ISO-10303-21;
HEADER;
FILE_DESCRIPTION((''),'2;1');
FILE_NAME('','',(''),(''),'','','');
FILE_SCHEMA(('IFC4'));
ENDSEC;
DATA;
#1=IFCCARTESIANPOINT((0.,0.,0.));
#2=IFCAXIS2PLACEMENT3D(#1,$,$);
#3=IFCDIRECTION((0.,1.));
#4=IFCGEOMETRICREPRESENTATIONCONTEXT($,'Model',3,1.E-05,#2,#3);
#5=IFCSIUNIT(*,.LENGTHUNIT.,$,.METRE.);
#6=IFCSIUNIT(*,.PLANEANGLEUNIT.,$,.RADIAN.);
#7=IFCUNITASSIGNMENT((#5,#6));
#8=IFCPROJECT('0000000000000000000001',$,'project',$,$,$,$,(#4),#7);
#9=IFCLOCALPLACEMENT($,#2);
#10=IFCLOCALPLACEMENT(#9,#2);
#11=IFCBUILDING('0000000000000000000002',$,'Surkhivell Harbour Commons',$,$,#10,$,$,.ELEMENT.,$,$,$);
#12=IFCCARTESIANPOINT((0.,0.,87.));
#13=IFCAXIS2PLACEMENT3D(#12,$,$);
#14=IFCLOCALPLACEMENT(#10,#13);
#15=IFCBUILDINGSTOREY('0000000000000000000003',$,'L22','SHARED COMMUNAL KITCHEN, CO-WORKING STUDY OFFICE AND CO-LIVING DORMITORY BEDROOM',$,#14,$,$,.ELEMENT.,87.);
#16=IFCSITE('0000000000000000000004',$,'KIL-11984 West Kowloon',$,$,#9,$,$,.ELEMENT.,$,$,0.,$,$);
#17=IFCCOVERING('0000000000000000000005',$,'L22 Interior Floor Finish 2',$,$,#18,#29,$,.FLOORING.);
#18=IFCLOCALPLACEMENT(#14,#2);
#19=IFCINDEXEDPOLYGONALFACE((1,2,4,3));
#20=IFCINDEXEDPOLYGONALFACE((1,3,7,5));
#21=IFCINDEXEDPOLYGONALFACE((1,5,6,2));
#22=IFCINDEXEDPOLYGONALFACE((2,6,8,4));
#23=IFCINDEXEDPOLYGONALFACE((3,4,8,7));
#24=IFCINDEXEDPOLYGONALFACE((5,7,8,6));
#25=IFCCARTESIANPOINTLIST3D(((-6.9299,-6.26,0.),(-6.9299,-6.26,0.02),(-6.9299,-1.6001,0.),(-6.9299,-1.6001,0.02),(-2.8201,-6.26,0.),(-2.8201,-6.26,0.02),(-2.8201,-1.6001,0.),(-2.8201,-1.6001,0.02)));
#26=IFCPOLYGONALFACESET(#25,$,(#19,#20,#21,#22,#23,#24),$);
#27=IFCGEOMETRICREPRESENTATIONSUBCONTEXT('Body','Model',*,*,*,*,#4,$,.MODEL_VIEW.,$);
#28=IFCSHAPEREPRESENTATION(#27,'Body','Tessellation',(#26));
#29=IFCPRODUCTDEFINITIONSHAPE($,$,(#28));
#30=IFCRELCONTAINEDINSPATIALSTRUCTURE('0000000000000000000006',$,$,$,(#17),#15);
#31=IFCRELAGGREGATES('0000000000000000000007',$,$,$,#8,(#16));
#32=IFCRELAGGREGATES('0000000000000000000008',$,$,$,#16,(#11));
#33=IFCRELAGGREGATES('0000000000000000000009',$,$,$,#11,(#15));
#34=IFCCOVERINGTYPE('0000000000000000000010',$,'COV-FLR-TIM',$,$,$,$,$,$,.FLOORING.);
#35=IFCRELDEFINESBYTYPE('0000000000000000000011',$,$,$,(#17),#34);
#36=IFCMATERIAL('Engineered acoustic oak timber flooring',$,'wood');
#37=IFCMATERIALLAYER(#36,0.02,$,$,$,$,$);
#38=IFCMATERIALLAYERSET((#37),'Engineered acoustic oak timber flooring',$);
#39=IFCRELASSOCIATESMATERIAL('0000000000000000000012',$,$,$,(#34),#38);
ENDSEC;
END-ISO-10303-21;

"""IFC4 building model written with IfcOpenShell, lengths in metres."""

from ifc_helpers import new_model, si_unit, direction, frame, origin, place, context, subcontext, project, spatial, polyline, outline, extrude, material, layer, layer_set, type_object, element, save


model = new_model("IFC4")

# Units and contexts
model_context = context("Model", 3, precision=1e-05, world=origin(), true_north=direction((0.0, 1.0)))
body_context = subcontext(model_context, "Body", "Model", "MODEL_VIEW")
ifc_project = project(units=[si_unit("LENGTHUNIT", "METRE"), si_unit("PLANEANGLEUNIT", "RADIAN")], contexts=[model_context])

# Site, building, storey
site_placement = place(None, origin())
site = spatial("IfcSite", under=ifc_project, at=site_placement, Name="KIL-11984 West Kowloon", CompositionType="ELEMENT", RefElevation=0.0)
building_placement = place(site_placement, origin())
building = spatial("IfcBuilding", under=site, at=building_placement, Name="Surkhivell Harbour Commons", CompositionType="ELEMENT")
storey_placement = place(building_placement, frame((0.0, 0.0, 87.0)))
storey = spatial("IfcBuildingStorey", under=building, at=storey_placement, Name="L22", Description="SHARED COMMUNAL KITCHEN, CO-WORKING STUDY OFFICE AND CO-LIVING DORMITORY BEDROOM", CompositionType="ELEMENT", Elevation=87.0)

# Covering
ifc_material_1 = material(Name="Engineered acoustic oak timber flooring", Category="wood")
ifc_layer_1 = layer(ifc_material_1, 0.02)
ifc_layer_set_1 = layer_set([ifc_layer_1], Name="Engineered acoustic oak timber flooring")
covering_type_1 = type_object("IfcCoveringType", Name="COV-FLR-TIM", PredefinedType="FLOORING", material=ifc_layer_set_1)
covering_1_placement = place(storey_placement, origin())
element("IfcCovering", 1, at=covering_1_placement, inside=storey, type_object=covering_type_1, Name="L22 Interior Floor Finish 2", PredefinedType="FLOORING", context=body_context, shape_type="SweptSolid", body=[
    extrude(outline(polyline([(-6.9299, -6.26), (-2.8201, -6.26), (-2.8201, -1.6001), (-6.9299, -1.6001), (-6.9299, -6.26)])), origin(), (0.0, 0.0, 1.0), 0.02),
])

save(model, "model.ifc")
